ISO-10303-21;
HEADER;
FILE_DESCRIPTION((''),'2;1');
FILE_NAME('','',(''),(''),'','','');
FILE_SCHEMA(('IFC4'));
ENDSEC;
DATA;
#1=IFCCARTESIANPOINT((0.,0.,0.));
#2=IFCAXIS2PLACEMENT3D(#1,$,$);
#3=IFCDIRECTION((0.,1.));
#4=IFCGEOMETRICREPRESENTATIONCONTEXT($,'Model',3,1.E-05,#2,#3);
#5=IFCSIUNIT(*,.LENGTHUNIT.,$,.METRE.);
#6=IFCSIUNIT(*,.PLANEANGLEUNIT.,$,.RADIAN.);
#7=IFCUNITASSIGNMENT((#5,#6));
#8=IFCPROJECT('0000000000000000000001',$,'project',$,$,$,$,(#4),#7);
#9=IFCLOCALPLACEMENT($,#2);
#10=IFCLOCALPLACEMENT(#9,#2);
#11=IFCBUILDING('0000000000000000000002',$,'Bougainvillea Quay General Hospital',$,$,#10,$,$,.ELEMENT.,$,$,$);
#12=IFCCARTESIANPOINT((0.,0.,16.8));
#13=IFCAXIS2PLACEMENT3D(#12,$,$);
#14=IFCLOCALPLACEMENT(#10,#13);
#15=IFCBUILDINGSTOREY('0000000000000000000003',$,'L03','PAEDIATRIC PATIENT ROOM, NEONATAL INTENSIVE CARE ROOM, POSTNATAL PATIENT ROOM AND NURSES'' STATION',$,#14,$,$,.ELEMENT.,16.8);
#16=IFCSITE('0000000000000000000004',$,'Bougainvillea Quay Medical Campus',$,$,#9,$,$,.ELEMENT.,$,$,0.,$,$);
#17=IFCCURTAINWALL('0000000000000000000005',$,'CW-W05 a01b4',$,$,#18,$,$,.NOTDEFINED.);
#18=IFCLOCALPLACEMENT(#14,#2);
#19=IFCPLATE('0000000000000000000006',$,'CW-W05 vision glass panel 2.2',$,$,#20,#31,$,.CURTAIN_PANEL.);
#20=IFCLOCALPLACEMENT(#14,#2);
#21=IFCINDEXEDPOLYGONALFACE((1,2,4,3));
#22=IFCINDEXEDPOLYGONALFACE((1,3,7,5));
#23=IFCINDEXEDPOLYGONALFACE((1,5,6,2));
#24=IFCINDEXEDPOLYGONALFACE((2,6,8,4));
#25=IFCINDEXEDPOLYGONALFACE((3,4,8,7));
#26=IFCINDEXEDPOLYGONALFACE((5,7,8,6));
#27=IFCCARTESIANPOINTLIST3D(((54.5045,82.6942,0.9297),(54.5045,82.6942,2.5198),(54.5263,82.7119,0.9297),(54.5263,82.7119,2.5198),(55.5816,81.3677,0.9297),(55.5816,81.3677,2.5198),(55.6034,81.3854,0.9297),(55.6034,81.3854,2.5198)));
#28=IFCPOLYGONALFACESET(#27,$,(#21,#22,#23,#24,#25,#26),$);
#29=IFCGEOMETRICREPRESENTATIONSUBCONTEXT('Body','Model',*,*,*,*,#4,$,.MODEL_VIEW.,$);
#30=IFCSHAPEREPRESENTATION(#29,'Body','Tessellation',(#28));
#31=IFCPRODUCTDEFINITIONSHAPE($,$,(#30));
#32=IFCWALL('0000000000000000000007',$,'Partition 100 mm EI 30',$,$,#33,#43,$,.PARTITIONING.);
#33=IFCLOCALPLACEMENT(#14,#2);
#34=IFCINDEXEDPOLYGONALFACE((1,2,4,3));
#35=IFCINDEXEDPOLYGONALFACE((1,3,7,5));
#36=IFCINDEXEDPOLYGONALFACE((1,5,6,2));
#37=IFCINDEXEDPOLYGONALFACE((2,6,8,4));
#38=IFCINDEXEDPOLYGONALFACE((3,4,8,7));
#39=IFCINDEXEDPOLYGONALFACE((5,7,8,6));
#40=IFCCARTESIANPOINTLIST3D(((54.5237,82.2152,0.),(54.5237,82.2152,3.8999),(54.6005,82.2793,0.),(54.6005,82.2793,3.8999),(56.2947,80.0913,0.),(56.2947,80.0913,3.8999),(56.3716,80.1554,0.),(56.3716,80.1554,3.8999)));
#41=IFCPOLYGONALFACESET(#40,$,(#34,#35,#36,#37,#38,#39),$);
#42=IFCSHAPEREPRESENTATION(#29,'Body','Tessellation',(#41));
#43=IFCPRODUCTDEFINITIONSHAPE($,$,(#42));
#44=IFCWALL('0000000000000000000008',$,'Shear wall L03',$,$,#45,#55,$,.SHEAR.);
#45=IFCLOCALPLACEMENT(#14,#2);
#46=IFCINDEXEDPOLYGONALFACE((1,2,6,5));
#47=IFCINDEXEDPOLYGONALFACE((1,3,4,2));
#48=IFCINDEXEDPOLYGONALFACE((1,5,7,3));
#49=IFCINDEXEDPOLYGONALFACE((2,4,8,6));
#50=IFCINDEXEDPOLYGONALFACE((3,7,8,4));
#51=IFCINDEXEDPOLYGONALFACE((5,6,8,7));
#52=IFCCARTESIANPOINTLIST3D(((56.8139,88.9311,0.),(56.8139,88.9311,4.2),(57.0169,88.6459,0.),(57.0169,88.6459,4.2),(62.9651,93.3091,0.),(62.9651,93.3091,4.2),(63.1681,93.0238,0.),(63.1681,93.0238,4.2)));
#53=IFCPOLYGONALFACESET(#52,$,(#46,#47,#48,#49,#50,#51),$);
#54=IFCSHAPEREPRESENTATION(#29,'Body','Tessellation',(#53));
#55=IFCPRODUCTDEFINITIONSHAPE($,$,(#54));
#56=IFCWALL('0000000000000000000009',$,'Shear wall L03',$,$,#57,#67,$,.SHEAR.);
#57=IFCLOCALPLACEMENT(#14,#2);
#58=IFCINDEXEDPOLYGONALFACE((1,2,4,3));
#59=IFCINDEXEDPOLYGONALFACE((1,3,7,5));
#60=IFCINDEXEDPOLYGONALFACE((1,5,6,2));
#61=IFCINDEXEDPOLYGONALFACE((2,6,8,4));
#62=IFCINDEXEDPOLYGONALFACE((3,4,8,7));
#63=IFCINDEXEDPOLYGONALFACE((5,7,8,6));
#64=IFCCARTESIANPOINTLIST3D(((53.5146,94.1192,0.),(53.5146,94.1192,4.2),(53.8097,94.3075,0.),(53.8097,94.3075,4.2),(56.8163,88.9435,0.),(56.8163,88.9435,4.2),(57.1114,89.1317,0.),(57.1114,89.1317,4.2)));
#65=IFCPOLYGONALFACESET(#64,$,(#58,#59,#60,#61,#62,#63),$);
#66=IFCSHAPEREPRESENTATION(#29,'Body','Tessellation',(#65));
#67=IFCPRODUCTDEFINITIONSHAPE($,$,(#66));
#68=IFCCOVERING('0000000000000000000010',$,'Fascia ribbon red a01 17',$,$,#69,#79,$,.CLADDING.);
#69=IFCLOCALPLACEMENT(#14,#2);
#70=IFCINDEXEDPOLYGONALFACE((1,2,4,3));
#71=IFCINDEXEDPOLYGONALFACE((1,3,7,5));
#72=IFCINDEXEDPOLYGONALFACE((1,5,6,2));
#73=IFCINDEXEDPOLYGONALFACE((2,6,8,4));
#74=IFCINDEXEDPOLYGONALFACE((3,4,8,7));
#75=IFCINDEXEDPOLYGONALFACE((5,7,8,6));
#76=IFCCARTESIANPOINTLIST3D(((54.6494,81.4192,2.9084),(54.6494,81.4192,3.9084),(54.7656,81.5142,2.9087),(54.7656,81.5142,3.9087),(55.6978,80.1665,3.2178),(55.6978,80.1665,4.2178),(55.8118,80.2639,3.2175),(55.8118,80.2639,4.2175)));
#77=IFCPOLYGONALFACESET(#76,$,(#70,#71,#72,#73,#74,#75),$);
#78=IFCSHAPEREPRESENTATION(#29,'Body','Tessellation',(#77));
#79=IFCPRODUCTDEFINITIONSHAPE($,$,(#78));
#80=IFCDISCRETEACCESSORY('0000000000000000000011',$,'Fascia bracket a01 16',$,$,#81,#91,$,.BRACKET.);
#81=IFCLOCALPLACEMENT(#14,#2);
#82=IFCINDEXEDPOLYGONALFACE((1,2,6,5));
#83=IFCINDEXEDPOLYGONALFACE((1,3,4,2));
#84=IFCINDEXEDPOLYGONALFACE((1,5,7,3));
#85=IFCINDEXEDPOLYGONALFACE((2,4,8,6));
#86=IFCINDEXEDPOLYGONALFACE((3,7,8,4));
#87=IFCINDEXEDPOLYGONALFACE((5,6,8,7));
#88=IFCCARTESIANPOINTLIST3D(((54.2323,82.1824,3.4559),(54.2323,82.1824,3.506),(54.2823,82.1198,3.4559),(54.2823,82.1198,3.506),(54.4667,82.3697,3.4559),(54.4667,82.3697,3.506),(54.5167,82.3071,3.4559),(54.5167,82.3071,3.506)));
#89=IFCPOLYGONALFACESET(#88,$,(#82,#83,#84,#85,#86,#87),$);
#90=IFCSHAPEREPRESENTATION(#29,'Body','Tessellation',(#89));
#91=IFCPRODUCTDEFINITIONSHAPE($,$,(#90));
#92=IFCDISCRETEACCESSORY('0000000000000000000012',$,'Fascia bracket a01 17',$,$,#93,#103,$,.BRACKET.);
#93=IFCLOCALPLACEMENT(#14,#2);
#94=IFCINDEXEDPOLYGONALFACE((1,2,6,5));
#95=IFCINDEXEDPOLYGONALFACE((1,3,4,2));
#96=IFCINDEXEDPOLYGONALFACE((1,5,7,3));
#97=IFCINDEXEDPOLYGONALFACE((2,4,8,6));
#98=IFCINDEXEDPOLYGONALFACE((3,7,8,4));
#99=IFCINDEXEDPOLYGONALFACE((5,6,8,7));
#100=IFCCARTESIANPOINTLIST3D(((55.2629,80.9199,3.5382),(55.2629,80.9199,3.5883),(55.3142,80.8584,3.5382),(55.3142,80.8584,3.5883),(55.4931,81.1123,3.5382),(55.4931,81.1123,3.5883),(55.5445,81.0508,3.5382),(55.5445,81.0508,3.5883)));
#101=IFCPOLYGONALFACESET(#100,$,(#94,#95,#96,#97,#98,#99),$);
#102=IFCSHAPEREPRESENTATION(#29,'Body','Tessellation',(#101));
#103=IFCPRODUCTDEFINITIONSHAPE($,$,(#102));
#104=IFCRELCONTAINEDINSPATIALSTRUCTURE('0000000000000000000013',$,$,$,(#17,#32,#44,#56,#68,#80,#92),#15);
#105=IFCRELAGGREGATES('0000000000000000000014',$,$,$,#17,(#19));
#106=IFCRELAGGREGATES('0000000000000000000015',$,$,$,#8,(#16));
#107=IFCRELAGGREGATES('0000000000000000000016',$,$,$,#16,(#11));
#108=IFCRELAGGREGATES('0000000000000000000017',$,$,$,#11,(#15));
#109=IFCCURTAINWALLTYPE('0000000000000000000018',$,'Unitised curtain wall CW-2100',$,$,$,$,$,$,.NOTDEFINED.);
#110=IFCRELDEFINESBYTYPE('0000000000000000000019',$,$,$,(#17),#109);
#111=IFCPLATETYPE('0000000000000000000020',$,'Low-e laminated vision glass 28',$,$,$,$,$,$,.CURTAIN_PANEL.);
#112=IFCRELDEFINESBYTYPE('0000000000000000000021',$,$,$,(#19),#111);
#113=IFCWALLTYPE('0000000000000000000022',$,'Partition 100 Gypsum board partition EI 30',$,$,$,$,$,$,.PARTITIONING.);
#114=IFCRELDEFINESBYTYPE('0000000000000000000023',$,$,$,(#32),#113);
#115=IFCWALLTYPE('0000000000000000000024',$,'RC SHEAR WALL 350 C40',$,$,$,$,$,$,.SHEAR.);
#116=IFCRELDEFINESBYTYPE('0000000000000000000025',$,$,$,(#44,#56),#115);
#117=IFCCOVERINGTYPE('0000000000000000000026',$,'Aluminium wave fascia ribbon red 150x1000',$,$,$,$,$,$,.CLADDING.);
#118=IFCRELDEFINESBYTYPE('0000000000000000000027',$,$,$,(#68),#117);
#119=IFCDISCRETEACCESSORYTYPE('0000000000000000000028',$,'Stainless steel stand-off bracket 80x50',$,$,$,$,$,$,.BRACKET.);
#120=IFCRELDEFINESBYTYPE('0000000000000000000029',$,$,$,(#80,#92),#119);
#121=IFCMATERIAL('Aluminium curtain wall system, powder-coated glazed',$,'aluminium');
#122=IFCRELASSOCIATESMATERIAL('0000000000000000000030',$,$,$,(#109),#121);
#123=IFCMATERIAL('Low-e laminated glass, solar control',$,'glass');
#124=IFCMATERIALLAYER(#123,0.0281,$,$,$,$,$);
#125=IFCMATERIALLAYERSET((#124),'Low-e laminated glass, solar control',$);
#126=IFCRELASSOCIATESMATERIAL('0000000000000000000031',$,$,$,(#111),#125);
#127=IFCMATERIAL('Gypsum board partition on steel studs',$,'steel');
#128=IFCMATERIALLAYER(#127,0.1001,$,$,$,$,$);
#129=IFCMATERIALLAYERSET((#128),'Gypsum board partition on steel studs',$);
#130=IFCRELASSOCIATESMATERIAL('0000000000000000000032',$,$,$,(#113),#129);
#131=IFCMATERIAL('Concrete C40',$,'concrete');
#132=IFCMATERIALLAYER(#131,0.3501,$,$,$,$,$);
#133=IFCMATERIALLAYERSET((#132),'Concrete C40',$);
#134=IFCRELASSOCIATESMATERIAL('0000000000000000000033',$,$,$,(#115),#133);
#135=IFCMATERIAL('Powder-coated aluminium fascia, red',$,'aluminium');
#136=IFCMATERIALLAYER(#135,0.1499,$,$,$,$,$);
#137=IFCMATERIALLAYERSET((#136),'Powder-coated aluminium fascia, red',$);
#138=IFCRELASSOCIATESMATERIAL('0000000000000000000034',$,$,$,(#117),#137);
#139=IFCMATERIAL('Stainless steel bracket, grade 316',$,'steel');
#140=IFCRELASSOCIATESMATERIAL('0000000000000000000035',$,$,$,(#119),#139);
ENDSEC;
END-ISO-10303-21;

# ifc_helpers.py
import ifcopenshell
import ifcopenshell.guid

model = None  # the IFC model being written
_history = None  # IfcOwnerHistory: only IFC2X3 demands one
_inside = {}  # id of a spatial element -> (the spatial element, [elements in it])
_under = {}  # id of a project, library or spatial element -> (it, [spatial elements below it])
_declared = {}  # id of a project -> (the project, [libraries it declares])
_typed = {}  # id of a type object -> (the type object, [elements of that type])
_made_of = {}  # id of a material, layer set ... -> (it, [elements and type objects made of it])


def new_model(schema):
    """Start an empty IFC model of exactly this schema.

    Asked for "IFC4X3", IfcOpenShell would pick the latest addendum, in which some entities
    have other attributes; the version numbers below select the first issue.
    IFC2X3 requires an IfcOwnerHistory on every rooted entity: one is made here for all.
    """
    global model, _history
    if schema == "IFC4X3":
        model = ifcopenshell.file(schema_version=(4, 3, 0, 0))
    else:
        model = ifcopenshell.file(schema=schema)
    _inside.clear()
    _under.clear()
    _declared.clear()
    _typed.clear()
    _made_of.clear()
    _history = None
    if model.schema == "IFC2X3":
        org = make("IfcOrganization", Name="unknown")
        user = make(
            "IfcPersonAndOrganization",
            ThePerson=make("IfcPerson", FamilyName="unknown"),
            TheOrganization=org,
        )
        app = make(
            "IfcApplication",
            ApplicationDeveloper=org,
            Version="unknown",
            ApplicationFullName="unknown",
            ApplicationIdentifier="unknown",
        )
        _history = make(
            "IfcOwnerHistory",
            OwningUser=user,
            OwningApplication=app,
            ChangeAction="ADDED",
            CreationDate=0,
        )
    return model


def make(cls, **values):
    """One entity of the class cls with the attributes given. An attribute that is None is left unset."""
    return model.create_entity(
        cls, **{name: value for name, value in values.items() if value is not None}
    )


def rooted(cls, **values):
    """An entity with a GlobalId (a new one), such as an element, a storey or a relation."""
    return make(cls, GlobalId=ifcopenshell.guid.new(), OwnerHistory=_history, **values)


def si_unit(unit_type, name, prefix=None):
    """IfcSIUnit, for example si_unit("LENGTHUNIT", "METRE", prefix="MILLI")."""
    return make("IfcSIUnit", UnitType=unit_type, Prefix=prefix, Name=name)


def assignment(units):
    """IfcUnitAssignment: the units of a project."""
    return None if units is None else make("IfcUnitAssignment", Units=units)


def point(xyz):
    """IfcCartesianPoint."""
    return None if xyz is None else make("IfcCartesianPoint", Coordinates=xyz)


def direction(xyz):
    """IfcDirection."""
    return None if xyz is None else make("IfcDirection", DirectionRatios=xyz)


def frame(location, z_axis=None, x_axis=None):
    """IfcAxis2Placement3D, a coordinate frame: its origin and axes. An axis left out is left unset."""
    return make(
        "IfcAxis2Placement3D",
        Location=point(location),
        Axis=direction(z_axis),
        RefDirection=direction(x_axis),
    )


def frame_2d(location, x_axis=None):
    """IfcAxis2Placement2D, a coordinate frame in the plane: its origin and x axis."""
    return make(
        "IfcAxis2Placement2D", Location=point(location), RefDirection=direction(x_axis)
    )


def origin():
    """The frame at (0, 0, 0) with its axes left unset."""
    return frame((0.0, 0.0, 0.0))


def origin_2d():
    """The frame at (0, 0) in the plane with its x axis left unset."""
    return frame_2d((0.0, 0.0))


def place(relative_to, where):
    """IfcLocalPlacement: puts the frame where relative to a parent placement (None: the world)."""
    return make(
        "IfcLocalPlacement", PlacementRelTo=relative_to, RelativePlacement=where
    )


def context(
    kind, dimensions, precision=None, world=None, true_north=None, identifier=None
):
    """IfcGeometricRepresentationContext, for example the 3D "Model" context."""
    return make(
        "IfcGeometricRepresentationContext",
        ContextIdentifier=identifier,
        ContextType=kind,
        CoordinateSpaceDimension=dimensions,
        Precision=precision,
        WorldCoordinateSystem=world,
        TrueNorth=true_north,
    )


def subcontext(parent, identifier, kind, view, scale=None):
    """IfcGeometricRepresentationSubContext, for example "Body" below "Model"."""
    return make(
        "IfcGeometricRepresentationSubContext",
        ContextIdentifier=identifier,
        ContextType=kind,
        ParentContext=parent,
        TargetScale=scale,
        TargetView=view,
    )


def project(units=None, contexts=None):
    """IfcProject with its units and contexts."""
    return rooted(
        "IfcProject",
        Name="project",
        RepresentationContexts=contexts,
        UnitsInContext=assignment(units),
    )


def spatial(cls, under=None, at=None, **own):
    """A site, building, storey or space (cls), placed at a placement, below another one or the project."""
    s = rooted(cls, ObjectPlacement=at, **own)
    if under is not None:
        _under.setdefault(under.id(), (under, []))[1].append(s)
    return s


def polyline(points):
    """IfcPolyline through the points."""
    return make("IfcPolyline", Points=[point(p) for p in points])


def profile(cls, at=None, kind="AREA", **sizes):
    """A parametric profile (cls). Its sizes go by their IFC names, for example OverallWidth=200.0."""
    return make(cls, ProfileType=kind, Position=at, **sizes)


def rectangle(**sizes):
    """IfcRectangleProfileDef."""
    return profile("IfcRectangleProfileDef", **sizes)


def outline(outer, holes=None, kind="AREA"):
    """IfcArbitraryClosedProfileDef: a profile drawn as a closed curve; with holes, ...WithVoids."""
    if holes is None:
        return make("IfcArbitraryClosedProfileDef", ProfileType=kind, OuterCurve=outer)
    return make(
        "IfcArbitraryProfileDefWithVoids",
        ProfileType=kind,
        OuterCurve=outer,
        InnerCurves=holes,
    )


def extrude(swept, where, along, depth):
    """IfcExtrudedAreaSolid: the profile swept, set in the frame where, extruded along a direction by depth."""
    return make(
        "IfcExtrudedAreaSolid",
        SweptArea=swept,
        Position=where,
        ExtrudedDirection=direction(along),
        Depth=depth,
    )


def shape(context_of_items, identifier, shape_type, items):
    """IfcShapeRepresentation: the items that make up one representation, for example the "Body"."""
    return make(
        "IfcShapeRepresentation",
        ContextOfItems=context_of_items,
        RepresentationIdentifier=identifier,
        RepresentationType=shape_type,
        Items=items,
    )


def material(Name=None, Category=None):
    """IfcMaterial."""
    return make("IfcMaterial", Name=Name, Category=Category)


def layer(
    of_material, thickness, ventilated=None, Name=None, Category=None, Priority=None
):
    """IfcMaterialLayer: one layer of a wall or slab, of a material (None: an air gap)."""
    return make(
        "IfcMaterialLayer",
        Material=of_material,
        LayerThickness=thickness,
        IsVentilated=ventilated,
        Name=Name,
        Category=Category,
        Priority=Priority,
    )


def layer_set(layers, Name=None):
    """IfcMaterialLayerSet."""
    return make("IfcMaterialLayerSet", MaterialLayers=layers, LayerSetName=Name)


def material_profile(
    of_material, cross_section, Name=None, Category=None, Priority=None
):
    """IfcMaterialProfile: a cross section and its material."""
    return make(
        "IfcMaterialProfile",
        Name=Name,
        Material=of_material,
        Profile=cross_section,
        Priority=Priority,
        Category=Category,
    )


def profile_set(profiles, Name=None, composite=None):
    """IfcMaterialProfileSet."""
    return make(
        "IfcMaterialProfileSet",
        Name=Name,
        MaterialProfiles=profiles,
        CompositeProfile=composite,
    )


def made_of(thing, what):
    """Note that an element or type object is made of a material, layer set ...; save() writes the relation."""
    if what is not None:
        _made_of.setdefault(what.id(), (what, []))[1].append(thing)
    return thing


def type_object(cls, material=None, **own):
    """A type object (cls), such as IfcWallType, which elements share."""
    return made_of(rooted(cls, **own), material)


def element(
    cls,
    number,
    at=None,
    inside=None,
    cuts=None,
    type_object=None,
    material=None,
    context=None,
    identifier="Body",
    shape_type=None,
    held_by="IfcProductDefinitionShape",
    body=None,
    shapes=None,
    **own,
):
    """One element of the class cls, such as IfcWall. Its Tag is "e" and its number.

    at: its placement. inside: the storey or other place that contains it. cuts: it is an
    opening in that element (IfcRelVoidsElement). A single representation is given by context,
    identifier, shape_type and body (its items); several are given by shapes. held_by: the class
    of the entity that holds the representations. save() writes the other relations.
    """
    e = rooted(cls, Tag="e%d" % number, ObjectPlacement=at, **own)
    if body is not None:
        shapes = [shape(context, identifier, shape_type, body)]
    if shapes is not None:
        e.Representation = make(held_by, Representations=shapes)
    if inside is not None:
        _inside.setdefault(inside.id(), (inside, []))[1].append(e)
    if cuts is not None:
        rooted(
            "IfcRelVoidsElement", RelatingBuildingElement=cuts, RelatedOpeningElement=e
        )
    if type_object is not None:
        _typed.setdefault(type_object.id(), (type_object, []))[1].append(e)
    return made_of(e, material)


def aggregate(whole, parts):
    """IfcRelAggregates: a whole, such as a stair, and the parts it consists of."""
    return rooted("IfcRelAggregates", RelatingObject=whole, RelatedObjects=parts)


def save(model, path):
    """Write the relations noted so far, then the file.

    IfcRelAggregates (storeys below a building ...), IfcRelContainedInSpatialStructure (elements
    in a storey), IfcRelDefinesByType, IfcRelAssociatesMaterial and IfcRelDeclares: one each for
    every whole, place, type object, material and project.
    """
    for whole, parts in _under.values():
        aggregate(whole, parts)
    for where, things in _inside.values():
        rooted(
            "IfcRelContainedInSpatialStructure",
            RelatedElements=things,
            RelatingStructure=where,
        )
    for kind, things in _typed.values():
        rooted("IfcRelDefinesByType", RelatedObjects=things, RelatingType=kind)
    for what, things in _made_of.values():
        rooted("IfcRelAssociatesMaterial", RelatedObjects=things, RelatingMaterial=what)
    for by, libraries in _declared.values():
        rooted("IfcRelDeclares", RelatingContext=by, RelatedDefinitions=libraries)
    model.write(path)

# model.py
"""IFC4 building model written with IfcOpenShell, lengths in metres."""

from ifc_helpers import new_model, si_unit, direction, frame, frame_2d, origin, origin_2d, place, context, subcontext, project, spatial, polyline, rectangle, outline, extrude, material, layer, layer_set, material_profile, profile_set, type_object, element, aggregate, save


model = new_model("IFC4")

# Units and contexts
model_context = context("Model", 3, precision=1e-05, world=origin(), true_north=direction((0.0, 1.0)))
body_context = subcontext(model_context, "Body", "Model", "MODEL_VIEW")
ifc_project = project(units=[si_unit("LENGTHUNIT", "METRE"), si_unit("PLANEANGLEUNIT", "RADIAN")], contexts=[model_context])

# Site, building, storey
site_placement = place(None, origin())
site = spatial("IfcSite", under=ifc_project, at=site_placement, Name="Bougainvillea Quay Medical Campus", CompositionType="ELEMENT", RefElevation=0.0)
building_placement = place(site_placement, origin())
building = spatial("IfcBuilding", under=site, at=building_placement, Name="Bougainvillea Quay General Hospital", CompositionType="ELEMENT")
storey_placement = place(building_placement, frame((0.0, 0.0, 16.8)))
storey = spatial("IfcBuildingStorey", under=building, at=storey_placement, Name="L03", Description="PAEDIATRIC PATIENT ROOM, NEONATAL INTENSIVE CARE ROOM, POSTNATAL PATIENT ROOM AND NURSES' STATION", CompositionType="ELEMENT", Elevation=16.8)

# Curtain wall, plate
ifc_material_1 = material(Name="Aluminium curtain wall system, powder-coated glazed", Category="aluminium")
curtain_wall_type = type_object("IfcCurtainWallType", Name="Unitised curtain wall CW-2100", PredefinedType="NOTDEFINED", material=ifc_material_1)
curtain_wall_placement = place(storey_placement, origin())
curtain_wall = element("IfcCurtainWall", 1, at=curtain_wall_placement, inside=storey, type_object=curtain_wall_type, Name="CW-W05 a01b4", PredefinedType="NOTDEFINED")
ifc_material_2 = material(Name="Low-e laminated glass, solar control", Category="glass")
ifc_layer_1 = layer(ifc_material_2, 0.0281)
ifc_layer_set_1 = layer_set([ifc_layer_1], Name="Low-e laminated glass, solar control")
plate_type_1 = type_object("IfcPlateType", Name="Low-e laminated vision glass 28", PredefinedType="CURTAIN_PANEL", material=ifc_layer_set_1)
plate_1_placement = place(storey_placement, frame((55.054, 82.0398, 0.9297), z_axis=(0.0, 0.0, 1.0), x_axis=(-0.630303, 0.776349, 0.0)))
plate_1 = element("IfcPlate", 2, at=plate_1_placement, type_object=plate_type_1, Name="CW-W05 vision glass panel 2.2", PredefinedType="CURTAIN_PANEL", context=body_context, shape_type="SweptSolid", body=[
    extrude(rectangle(XDim=1.7087, YDim=0.0281, at=origin_2d()), origin(), (0.0, 0.0, 1.0), 1.5901),
])
aggregate(curtain_wall, [plate_1])

# Walls
ifc_material_3 = material(Name="Gypsum board partition on steel studs", Category="steel")
ifc_layer_2 = layer(ifc_material_3, 0.1001)
ifc_layer_set_2 = layer_set([ifc_layer_2], Name="Gypsum board partition on steel studs")
wall_type_1 = type_object("IfcWallType", Name="Partition 100 Gypsum board partition EI 30", PredefinedType="PARTITIONING", material=ifc_layer_set_2)
wall_1_placement = place(storey_placement, frame((54.562, 82.2473, 0.0), z_axis=(0.0, 0.0, 1.0), x_axis=(0.640436, -0.768011, 0.0)))
element("IfcWall", 3, at=wall_1_placement, inside=storey, type_object=wall_type_1, Name="Partition 100 mm EI 30", PredefinedType="PARTITIONING", context=body_context, shape_type="SweptSolid", body=[
    extrude(rectangle(XDim=2.7654, YDim=0.1001, at=frame_2d((1.3828, 0.0))), origin(), (0.0, 0.0, 1.0), 3.8999),
])
ifc_material_4 = material(Name="Concrete C40", Category="concrete")
ifc_layer_3 = layer(ifc_material_4, 0.3501)
ifc_layer_set_3 = layer_set([ifc_layer_3], Name="Concrete C40")
wall_type_2 = type_object("IfcWallType", Name="RC SHEAR WALL 350 C40", PredefinedType="SHEAR", material=ifc_layer_set_3)
wall_2_placement = place(storey_placement, frame((56.9155, 88.7886, 0.0), z_axis=(0.0, 0.0, 1.0), x_axis=(0.814718, 0.579858, 0.0)))
element("IfcWall", 4, at=wall_2_placement, inside=storey, type_object=wall_type_2, Name="Shear wall L03", PredefinedType="SHEAR", context=body_context, shape_type="SweptSolid", body=[
    extrude(rectangle(XDim=7.55, YDim=0.3501, at=frame_2d((3.7749, 0.0))), origin(), (0.0, 0.0, 1.0), 4.2),
])
wall_3_placement = place(storey_placement, frame((56.9639, 89.0376, 0.0), z_axis=(0.0, 0.0, 1.0), x_axis=(-0.537812, 0.843065, 0.0)))
element("IfcWall", 5, at=wall_3_placement, inside=storey, type_object=wall_type_2, Name="Shear wall L03", PredefinedType="SHEAR", context=body_context, shape_type="SweptSolid", body=[
    extrude(rectangle(XDim=6.1392, YDim=0.3501, at=frame_2d((3.0696, 0.0))), origin(), (0.0, 0.0, 1.0), 4.2),
])

# Covering
ifc_material_5 = material(Name="Powder-coated aluminium fascia, red", Category="aluminium")
ifc_layer_4 = layer(ifc_material_5, 0.1499)
ifc_layer_set_4 = layer_set([ifc_layer_4], Name="Powder-coated aluminium fascia, red")
covering_type = type_object("IfcCoveringType", Name="Aluminium wave fascia ribbon red 150x1000", PredefinedType="CLADDING", material=ifc_layer_set_4)
covering_placement = place(storey_placement, frame((54.7656, 81.5142, 2.9087), z_axis=(-0.119331, 0.142804, 0.982531), x_axis=(0.630519, -0.753533, 0.186099)))
element("IfcCovering", 6, at=covering_placement, inside=storey, type_object=covering_type, Name="Fascia ribbon red a01 17", PredefinedType="CLADDING", context=body_context, shape_type="SweptSolid", body=[
    extrude(outline(polyline([(0.0, 0.0), (1.6592, 0.0), (1.6607, -0.15), (-0.0018, -0.1501), (0.0, 0.0)])), origin(), (0.186099, -0.00012, 0.982531), 1.0),
])

# Discrete accessories
ifc_material_6 = material(Name="Stainless steel bracket, grade 316", Category="steel")
ifc_material_profile_1 = material_profile(ifc_material_6, rectangle(XDim=0.0801, YDim=0.05, at=origin_2d()))
ifc_profile_set_1 = profile_set([ifc_material_profile_1], Name="Stainless steel bracket, grade 316")
discrete_accessory_type = type_object("IfcDiscreteAccessoryType", Name="Stainless steel stand-off bracket 80x50", PredefinedType="BRACKET", material=ifc_profile_set_1)
for number, where, z_axis, x_axis, name in (
    (7, (54.4917, 82.3384, 3.481), (-0.781266, -0.624199, 0.0), (0.624199, -0.781266, 0.0), "Fascia bracket a01 16"),
    (8, (55.5188, 81.0815, 3.5632), (-0.767353, -0.641224, 0.0), (0.641224, -0.767353, 0.0), "Fascia bracket a01 17"),
):
    element("IfcDiscreteAccessory", number, at=place(storey_placement, frame(where, z_axis=z_axis, x_axis=x_axis)), inside=storey, type_object=discrete_accessory_type, Name=name, PredefinedType="BRACKET", context=body_context, shape_type="SweptSolid", body=[
        extrude(rectangle(XDim=0.0801, YDim=0.05, at=origin_2d()), origin(), (0.0, 0.0, 1.0), 0.3),
    ])

save(model, "model.ifc")
